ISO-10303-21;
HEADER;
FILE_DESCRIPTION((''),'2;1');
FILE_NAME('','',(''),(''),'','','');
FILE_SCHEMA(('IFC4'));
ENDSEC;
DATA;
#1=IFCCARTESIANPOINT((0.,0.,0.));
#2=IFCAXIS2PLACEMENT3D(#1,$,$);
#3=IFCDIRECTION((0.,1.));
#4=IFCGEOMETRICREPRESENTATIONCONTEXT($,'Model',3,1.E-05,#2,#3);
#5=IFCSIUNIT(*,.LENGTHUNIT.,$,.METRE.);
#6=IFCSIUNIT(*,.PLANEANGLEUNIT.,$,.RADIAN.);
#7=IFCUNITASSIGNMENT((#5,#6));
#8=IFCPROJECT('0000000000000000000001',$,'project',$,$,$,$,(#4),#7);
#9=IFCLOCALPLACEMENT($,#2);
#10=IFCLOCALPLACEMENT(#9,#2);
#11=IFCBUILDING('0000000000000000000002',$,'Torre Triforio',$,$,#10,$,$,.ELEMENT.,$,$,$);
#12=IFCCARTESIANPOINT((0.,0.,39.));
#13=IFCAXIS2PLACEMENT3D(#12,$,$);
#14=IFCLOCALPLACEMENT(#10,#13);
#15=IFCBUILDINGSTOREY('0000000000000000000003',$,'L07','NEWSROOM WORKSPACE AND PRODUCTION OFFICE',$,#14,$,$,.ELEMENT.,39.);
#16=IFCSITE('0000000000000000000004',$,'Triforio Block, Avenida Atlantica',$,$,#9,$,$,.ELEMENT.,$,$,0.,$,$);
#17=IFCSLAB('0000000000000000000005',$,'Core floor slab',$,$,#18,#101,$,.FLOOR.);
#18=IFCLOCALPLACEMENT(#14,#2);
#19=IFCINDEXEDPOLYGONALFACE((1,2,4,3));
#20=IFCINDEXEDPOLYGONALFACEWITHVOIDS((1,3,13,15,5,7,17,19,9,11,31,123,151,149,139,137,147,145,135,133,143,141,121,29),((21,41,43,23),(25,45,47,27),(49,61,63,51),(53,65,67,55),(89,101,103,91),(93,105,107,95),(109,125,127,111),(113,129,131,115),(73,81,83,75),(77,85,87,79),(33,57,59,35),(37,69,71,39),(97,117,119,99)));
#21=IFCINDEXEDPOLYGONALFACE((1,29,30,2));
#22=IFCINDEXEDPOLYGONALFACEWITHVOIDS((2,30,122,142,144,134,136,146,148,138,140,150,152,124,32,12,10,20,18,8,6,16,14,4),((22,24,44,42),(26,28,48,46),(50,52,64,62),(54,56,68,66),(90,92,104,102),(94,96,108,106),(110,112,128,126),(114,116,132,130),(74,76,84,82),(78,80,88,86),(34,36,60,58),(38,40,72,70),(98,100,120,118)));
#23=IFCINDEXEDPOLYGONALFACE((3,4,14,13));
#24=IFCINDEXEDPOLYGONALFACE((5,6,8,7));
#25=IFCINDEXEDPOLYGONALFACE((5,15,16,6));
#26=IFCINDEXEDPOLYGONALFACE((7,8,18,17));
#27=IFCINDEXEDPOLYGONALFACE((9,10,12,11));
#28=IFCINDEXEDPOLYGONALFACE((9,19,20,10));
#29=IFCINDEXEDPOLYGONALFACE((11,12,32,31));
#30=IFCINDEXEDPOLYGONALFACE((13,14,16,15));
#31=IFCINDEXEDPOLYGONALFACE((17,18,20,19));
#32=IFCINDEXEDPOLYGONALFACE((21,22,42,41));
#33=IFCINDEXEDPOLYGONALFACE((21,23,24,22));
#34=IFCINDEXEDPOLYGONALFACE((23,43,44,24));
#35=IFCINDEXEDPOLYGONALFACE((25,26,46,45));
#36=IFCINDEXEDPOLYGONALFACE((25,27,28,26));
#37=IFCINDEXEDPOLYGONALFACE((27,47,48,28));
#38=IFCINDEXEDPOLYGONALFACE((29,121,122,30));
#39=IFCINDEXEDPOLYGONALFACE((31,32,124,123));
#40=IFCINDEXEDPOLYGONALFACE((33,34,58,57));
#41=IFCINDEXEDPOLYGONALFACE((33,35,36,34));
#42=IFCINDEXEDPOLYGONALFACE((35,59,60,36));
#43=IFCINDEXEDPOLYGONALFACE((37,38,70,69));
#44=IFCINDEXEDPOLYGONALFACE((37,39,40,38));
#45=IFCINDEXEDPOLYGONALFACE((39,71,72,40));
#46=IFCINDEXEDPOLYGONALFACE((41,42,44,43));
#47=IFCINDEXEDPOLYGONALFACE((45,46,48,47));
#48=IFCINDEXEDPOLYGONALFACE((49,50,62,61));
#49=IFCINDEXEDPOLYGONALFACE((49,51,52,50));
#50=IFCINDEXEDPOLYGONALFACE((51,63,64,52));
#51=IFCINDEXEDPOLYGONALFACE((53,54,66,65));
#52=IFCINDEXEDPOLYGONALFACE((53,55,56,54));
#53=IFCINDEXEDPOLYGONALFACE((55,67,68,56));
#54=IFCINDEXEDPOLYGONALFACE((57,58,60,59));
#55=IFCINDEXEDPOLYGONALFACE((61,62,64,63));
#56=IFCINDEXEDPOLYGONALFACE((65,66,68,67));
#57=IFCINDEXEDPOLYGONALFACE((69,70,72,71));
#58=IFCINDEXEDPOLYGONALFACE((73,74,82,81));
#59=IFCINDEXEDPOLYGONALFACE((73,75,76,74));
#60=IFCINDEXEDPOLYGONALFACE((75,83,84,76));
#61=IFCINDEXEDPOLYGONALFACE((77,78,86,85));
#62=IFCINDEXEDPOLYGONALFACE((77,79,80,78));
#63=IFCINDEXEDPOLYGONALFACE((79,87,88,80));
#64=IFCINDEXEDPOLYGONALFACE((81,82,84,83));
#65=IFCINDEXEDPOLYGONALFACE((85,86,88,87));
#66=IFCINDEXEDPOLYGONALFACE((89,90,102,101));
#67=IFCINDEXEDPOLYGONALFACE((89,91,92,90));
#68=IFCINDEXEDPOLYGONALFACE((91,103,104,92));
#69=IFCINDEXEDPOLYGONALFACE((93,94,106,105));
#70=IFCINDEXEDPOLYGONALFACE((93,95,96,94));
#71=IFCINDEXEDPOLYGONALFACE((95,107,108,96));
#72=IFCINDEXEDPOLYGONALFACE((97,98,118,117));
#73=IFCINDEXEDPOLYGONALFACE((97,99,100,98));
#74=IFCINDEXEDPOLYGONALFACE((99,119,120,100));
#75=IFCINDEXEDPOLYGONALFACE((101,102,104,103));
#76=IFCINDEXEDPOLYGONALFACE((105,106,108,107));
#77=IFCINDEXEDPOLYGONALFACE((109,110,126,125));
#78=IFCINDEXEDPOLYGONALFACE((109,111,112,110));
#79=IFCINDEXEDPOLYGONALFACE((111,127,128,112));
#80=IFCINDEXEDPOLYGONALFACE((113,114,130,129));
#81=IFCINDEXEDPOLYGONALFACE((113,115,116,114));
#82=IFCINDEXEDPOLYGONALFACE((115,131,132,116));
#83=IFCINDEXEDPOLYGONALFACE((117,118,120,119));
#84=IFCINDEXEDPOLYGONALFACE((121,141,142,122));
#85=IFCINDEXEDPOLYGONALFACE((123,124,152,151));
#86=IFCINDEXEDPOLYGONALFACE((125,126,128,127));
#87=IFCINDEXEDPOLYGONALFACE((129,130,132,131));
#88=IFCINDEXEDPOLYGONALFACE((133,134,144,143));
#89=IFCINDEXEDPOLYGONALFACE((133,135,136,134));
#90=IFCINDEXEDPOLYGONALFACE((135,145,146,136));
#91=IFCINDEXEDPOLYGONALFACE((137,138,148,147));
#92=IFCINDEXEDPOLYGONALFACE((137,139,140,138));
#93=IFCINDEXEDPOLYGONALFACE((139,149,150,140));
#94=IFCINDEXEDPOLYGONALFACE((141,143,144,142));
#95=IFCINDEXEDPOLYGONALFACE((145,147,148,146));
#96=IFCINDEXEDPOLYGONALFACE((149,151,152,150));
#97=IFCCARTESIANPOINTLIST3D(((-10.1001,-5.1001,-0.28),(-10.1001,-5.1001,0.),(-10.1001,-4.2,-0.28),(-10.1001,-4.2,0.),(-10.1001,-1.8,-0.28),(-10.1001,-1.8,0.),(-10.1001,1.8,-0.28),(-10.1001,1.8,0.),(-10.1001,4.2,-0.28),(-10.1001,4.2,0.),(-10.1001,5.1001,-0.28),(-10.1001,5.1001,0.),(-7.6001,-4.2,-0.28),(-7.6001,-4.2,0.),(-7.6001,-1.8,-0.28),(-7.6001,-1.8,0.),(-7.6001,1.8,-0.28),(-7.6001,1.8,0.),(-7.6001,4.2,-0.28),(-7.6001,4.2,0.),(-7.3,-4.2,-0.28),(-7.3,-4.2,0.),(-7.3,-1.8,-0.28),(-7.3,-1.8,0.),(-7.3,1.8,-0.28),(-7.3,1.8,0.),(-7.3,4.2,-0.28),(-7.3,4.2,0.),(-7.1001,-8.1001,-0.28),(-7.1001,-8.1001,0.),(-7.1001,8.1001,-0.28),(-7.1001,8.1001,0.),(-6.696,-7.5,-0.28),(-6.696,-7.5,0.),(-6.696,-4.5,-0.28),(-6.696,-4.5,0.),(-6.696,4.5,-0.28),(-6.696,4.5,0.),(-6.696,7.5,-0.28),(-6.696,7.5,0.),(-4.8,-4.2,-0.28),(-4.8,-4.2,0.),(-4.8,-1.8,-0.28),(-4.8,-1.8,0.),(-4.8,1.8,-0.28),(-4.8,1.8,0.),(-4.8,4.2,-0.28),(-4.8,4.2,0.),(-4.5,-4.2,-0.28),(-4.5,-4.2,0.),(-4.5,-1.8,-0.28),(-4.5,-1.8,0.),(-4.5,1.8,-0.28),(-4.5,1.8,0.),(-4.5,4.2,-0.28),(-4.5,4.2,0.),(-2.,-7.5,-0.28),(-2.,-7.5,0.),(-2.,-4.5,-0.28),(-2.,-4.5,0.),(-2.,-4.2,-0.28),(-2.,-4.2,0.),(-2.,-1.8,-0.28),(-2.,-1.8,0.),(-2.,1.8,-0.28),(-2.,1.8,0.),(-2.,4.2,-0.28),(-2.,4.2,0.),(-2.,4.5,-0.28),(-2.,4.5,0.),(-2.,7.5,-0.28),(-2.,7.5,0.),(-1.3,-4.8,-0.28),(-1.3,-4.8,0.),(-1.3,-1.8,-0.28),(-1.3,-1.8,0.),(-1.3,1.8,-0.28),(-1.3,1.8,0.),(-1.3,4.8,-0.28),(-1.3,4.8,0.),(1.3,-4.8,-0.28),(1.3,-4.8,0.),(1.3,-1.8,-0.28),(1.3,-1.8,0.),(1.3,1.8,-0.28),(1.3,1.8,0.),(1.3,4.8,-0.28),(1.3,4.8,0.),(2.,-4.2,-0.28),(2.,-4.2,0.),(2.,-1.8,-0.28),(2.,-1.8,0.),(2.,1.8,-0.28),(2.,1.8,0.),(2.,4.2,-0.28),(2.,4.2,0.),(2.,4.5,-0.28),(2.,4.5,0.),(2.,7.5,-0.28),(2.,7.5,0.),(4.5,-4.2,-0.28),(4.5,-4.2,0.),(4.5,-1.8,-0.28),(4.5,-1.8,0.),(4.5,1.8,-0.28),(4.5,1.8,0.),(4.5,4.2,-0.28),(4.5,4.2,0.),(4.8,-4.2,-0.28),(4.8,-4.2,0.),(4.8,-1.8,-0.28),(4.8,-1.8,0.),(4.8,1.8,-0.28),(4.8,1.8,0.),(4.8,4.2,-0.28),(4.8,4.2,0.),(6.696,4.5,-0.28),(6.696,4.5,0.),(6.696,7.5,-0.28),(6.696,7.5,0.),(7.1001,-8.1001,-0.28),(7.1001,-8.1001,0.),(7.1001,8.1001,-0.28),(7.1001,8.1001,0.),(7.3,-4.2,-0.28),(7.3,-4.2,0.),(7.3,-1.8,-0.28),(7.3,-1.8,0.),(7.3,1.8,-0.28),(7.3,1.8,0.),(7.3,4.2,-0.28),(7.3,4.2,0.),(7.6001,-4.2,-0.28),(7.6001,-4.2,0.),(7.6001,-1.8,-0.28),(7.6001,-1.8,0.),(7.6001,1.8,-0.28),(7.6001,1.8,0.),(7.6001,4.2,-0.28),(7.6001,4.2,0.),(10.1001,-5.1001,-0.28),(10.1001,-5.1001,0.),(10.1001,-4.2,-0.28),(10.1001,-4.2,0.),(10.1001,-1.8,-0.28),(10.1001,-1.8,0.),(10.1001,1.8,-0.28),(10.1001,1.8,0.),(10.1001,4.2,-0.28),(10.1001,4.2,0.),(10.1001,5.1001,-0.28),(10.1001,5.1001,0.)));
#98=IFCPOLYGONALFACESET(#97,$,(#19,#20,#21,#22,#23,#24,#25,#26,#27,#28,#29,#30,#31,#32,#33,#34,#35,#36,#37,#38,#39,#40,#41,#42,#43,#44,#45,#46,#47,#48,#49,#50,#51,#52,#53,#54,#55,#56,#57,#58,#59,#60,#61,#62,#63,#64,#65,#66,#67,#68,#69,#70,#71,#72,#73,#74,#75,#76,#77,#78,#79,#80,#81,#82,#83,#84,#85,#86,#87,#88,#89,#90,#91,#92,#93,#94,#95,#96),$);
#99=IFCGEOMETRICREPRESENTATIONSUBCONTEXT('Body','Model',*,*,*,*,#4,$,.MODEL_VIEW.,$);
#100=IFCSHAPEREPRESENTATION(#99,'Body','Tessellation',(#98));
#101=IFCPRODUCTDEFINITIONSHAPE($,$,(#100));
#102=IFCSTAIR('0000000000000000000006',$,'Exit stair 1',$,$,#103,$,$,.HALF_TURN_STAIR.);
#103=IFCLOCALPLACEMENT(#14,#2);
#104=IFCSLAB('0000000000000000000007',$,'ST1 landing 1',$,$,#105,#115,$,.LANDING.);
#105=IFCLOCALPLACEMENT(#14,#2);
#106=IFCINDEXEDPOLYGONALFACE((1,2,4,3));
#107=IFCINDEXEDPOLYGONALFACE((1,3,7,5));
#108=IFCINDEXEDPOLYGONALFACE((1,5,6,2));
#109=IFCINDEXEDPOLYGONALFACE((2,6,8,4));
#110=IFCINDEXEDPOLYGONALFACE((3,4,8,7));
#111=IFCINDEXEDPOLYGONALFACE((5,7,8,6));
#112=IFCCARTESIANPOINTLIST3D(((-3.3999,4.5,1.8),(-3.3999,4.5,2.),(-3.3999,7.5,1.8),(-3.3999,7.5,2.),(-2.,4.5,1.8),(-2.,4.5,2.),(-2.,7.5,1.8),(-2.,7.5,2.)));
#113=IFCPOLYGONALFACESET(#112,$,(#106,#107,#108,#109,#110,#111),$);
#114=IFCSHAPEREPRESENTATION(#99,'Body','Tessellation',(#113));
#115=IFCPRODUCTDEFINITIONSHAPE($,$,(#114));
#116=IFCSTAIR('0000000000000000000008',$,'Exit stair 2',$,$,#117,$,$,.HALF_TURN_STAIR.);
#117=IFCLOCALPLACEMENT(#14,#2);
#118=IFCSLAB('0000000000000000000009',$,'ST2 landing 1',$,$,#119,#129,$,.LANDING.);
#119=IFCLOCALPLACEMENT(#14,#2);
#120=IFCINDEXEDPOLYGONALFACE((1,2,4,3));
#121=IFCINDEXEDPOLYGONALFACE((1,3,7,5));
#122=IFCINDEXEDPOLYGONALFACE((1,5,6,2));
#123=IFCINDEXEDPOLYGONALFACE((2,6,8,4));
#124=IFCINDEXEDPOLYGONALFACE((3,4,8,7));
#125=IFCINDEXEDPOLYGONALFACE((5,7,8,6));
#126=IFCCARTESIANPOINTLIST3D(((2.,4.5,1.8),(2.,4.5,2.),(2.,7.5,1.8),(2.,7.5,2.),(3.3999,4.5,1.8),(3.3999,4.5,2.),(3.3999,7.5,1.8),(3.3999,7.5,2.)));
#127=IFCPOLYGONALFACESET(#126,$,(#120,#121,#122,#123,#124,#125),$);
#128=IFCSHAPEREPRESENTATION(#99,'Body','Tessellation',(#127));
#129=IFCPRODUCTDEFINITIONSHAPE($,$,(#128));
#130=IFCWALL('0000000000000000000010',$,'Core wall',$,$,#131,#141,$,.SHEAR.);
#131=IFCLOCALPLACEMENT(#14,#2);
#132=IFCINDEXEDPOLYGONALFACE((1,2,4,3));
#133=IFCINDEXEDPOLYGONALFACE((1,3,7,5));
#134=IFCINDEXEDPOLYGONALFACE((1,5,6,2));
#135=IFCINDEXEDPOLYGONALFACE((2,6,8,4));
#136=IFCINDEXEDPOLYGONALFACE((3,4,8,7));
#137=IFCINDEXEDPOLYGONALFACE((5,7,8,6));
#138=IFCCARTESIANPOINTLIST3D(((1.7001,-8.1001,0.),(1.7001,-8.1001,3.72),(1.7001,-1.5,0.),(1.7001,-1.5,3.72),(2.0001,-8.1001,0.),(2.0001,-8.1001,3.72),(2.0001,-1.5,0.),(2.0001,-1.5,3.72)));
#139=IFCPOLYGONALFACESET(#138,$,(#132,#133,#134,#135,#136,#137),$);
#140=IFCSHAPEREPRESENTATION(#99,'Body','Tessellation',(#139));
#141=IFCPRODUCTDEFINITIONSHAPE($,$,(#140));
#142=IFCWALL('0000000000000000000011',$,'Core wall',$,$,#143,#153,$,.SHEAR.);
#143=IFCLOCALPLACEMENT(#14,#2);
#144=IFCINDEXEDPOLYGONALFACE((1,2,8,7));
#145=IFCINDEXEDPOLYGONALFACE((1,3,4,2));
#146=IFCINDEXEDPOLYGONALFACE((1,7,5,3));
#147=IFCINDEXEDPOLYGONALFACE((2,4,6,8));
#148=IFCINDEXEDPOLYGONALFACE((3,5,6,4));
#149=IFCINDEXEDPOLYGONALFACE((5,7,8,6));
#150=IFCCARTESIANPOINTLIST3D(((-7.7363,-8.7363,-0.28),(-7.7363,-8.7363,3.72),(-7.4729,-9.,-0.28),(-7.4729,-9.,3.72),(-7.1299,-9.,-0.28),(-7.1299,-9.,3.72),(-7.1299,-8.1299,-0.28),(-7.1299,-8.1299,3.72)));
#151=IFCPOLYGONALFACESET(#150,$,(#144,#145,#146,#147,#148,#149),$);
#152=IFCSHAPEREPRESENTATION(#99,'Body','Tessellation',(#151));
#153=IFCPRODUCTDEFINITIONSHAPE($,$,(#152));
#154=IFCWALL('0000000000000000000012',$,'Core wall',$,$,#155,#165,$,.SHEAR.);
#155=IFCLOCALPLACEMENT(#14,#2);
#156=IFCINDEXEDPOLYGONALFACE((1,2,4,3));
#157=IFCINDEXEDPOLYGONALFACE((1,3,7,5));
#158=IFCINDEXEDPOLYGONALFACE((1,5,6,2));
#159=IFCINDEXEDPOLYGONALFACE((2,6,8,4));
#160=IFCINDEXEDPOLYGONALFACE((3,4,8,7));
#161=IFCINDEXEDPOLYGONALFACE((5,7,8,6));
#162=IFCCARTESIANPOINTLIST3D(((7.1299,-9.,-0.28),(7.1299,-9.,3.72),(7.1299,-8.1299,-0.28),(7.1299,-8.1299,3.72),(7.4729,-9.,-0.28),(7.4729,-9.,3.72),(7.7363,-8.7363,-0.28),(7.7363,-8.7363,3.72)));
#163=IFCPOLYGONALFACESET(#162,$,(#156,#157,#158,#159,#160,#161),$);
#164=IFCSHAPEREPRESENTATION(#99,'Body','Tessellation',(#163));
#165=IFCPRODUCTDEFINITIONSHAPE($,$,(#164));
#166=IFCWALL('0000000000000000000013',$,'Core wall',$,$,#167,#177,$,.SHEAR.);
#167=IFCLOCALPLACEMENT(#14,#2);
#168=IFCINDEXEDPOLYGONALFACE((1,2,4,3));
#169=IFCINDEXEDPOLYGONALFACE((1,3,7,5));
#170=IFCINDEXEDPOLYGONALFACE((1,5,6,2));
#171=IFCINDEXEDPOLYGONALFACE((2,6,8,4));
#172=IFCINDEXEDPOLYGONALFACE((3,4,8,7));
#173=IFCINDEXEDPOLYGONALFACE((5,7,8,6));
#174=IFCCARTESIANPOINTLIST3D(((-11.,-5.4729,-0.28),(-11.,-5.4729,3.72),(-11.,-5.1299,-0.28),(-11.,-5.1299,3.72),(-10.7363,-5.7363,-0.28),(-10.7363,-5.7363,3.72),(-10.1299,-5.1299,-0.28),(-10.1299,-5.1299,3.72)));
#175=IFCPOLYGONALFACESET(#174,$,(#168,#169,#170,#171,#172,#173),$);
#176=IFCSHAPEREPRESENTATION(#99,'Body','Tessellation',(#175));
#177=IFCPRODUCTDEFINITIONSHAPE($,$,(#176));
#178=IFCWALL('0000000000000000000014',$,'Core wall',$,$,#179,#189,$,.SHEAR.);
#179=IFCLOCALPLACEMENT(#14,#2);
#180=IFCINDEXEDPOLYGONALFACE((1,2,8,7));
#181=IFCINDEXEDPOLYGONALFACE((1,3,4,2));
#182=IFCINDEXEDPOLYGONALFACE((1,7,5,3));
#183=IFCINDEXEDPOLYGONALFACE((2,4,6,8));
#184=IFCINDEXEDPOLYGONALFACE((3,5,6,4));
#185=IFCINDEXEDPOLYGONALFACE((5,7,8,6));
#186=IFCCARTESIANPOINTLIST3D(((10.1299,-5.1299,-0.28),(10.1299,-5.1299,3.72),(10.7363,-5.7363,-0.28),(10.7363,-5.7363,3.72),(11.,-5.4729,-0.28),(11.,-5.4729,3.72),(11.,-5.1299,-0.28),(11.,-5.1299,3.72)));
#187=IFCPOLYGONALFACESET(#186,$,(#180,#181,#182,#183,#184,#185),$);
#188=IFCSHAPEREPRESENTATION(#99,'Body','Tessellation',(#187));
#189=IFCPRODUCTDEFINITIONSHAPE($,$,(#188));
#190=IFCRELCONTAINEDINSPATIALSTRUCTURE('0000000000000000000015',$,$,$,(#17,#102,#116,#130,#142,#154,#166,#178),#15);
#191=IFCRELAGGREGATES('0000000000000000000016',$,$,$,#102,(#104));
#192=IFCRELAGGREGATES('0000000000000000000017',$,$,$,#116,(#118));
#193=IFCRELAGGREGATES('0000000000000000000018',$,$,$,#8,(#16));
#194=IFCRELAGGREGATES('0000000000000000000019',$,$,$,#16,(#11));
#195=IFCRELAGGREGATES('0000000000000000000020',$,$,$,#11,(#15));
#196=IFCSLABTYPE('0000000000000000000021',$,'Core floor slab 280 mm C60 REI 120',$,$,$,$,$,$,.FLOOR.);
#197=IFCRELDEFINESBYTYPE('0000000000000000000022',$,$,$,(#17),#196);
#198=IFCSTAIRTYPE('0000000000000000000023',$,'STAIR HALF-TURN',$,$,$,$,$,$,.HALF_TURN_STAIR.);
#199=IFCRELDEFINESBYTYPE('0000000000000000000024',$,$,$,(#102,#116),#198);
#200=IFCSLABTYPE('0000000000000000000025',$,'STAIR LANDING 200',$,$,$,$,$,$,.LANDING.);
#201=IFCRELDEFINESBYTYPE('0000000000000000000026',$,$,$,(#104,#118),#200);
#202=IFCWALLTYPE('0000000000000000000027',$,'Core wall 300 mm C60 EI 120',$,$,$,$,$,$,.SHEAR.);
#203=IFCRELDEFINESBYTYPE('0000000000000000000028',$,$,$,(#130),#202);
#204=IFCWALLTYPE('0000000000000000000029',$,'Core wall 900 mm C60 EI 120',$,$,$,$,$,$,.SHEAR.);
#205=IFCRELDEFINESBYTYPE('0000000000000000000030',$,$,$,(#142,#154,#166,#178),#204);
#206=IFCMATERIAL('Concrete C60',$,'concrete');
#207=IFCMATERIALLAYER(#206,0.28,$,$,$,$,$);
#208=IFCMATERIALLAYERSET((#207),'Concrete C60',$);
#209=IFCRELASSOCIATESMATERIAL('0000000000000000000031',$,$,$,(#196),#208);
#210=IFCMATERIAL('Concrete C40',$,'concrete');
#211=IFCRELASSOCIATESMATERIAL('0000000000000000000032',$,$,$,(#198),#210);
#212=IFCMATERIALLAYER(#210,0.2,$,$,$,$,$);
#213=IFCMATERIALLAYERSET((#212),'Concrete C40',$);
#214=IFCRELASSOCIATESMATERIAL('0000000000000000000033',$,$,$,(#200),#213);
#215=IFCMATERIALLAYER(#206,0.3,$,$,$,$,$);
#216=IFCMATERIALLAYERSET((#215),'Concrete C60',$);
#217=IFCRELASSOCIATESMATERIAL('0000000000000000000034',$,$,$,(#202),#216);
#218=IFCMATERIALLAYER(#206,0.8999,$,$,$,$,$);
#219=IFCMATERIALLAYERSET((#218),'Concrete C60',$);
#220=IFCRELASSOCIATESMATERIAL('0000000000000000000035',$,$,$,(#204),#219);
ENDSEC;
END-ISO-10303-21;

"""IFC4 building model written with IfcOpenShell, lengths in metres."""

from ifc_helpers import new_model, si_unit, direction, frame, frame_2d, origin, place, context, subcontext, project, spatial, polyline, rectangle, outline, extrude, material, layer, layer_set, type_object, element, aggregate, save


model = new_model("IFC4")

# Units and contexts
model_context = context("Model", 3, precision=1e-05, world=origin(), true_north=direction((0.0, 1.0)))
body_context = subcontext(model_context, "Body", "Model", "MODEL_VIEW")
ifc_project = project(units=[si_unit("LENGTHUNIT", "METRE"), si_unit("PLANEANGLEUNIT", "RADIAN")], contexts=[model_context])

# Site, building, storey
site_placement = place(None, origin())
site = spatial("IfcSite", under=ifc_project, at=site_placement, Name="Triforio Block, Avenida Atlantica", CompositionType="ELEMENT", RefElevation=0.0)
building_placement = place(site_placement, origin())
building = spatial("IfcBuilding", under=site, at=building_placement, Name="Torre Triforio", CompositionType="ELEMENT")
storey_placement = place(building_placement, frame((0.0, 0.0, 39.0)))
storey = spatial("IfcBuildingStorey", under=building, at=storey_placement, Name="L07", Description="NEWSROOM WORKSPACE AND PRODUCTION OFFICE", CompositionType="ELEMENT", Elevation=39.0)

# Slab
ifc_material_1 = material(Name="Concrete C60", Category="concrete")
ifc_layer_1 = layer(ifc_material_1, 0.28)
ifc_layer_set_1 = layer_set([ifc_layer_1], Name="Concrete C60")
slab_type_1 = type_object("IfcSlabType", Name="Core floor slab 280 mm C60 REI 120", PredefinedType="FLOOR", material=ifc_layer_set_1)
slab_1_placement = place(storey_placement, frame((0.0, 0.0, -0.28)))
element("IfcSlab", 1, at=slab_1_placement, inside=storey, type_object=slab_type_1, Name="Core floor slab", PredefinedType="FLOOR", context=body_context, shape_type="SweptSolid", body=[
    extrude(outline(polyline([(10.1001, -5.1001), (7.1001, -8.1001), (-7.1001, -8.1001), (-10.1001, -5.1001), (-10.1001, -4.2), (-7.6001, -4.2), (-7.6001, -1.8), (-10.1001, -1.8), (-10.1001, 1.8), (-7.6001, 1.8), (-7.6001, 4.2), (-10.1001, 4.2), (-10.1001, 5.1001), (-7.1001, 8.1001), (7.1001, 8.1001), (10.1001, 5.1001), (10.1001, 4.2), (7.6001, 4.2), (7.6001, 1.8), (10.1001, 1.8), (10.1001, -1.8), (7.6001, -1.8), (7.6001, -4.2), (10.1001, -4.2), (10.1001, -5.1001)]), holes=[polyline([(-2.0, -4.5), (-6.696, -4.5), (-6.696, -7.5), (-2.0, -7.5), (-2.0, -4.5)]), polyline([(-4.8, -1.8), (-7.3, -1.8), (-7.3, -4.2), (-4.8, -4.2), (-4.8, -1.8)]), polyline([(-2.0, -1.8), (-4.5, -1.8), (-4.5, -4.2), (-2.0, -4.2), (-2.0, -1.8)]), polyline([(-4.8, 4.2), (-7.3, 4.2), (-7.3, 1.8), (-4.8, 1.8), (-4.8, 4.2)]), polyline([(-2.0, 4.2), (-4.5, 4.2), (-4.5, 1.8), (-2.0, 1.8), (-2.0, 4.2)]), polyline([(1.3, 4.8), (-1.3, 4.8), (-1.3, 1.8), (1.3, 1.8), (1.3, 4.8)]), polyline([(-2.0, 7.5), (-6.696, 7.5), (-6.696, 4.5), (-2.0, 4.5), (-2.0, 7.5)]), polyline([(1.3, -1.8), (-1.3, -1.8), (-1.3, -4.8), (1.3, -4.8), (1.3, -1.8)]), polyline([(4.5, -1.8), (2.0, -1.8), (2.0, -4.2), (4.5, -4.2), (4.5, -1.8)]), polyline([(7.3, -1.8), (4.8, -1.8), (4.8, -4.2), (7.3, -4.2), (7.3, -1.8)]), polyline([(4.5, 4.2), (2.0, 4.2), (2.0, 1.8), (4.5, 1.8), (4.5, 4.2)]), polyline([(7.3, 4.2), (4.8, 4.2), (4.8, 1.8), (7.3, 1.8), (7.3, 4.2)]), polyline([(6.696, 4.5), (6.696, 7.5), (2.0, 7.5), (2.0, 4.5), (6.696, 4.5)])]), origin(), (0.0, 0.0, 1.0), 0.28),
])

# Stairs, slabs
ifc_material_2 = material(Name="Concrete C40", Category="concrete")
stair_type = type_object("IfcStairType", Name="STAIR HALF-TURN", PredefinedType="HALF_TURN_STAIR", material=ifc_material_2)
stair_1_placement = place(storey_placement, origin())
stair_1 = element("IfcStair", 2, at=stair_1_placement, inside=storey, type_object=stair_type, Name="Exit stair 1", PredefinedType="HALF_TURN_STAIR")
ifc_layer_2 = layer(ifc_material_2, 0.2)
ifc_layer_set_2 = layer_set([ifc_layer_2], Name="Concrete C40")
slab_type_2 = type_object("IfcSlabType", Name="STAIR LANDING 200", PredefinedType="LANDING", material=ifc_layer_set_2)
slab_2_placement = place(storey_placement, frame((0.0, 0.0, 1.8)))
slab_2 = element("IfcSlab", 3, at=slab_2_placement, type_object=slab_type_2, Name="ST1 landing 1", PredefinedType="LANDING", context=body_context, shape_type="SweptSolid", body=[
    extrude(outline(polyline([(-2.0, 4.5), (-2.0, 7.5), (-3.3999, 7.5), (-3.3999, 4.5), (-2.0, 4.5)])), origin(), (0.0, 0.0, 1.0), 0.2),
])
aggregate(stair_1, [slab_2])
stair_2_placement = place(storey_placement, origin())
stair_2 = element("IfcStair", 4, at=stair_2_placement, inside=storey, type_object=stair_type, Name="Exit stair 2", PredefinedType="HALF_TURN_STAIR")
slab_3_placement = place(storey_placement, frame((0.0, 0.0, 1.8)))
slab_3 = element("IfcSlab", 5, at=slab_3_placement, type_object=slab_type_2, Name="ST2 landing 1", PredefinedType="LANDING", context=body_context, shape_type="SweptSolid", body=[
    extrude(outline(polyline([(3.3999, 4.5), (3.3999, 7.5), (2.0, 7.5), (2.0, 4.5), (3.3999, 4.5)])), origin(), (0.0, 0.0, 1.0), 0.2),
])
aggregate(stair_2, [slab_3])

# Walls
ifc_layer_3 = layer(ifc_material_1, 0.3)
ifc_layer_set_3 = layer_set([ifc_layer_3], Name="Concrete C60")
wall_type_1 = type_object("IfcWallType", Name="Core wall 300 mm C60 EI 120", PredefinedType="SHEAR", material=ifc_layer_set_3)
wall_1_placement = place(storey_placement, frame((1.8501, -8.1001, 0.0), z_axis=(0.0, 0.0, 1.0), x_axis=(0.0, 1.0, 0.0)))
element("IfcWall", 6, at=wall_1_placement, inside=storey, type_object=wall_type_1, Name="Core wall", PredefinedType="SHEAR", context=body_context, shape_type="SweptSolid", body=[
    extrude(rectangle(XDim=6.6001, YDim=0.3, at=frame_2d((3.3, 0.0))), origin(), (0.0, 0.0, 1.0), 3.72),
])
ifc_layer_4 = layer(ifc_material_1, 0.8999)
ifc_layer_set_4 = layer_set([ifc_layer_4], Name="Concrete C60")
wall_type_2 = type_object("IfcWallType", Name="Core wall 900 mm C60 EI 120", PredefinedType="SHEAR", material=ifc_layer_set_4)
wall_2_placement = place(storey_placement, frame((0.0, 0.0, -0.28)))
element("IfcWall", 7, at=wall_2_placement, inside=storey, type_object=wall_type_2, Name="Core wall", PredefinedType="SHEAR", context=body_context, shape_type="SweptSolid", body=[
    extrude(outline(polyline([(-7.4729, -9.0), (-7.7363, -8.7363), (-7.1299, -8.1299), (-7.1299, -9.0), (-7.4729, -9.0)])), origin(), (0.0, 0.0, 1.0), 4.0),
])
wall_3_placement = place(storey_placement, frame((0.0, 0.0, -0.28)))
element("IfcWall", 8, at=wall_3_placement, inside=storey, type_object=wall_type_2, Name="Core wall", PredefinedType="SHEAR", context=body_context, shape_type="SweptSolid", body=[
    extrude(outline(polyline([(7.4729, -9.0), (7.1299, -9.0), (7.1299, -8.1299), (7.7363, -8.7363), (7.4729, -9.0)])), origin(), (0.0, 0.0, 1.0), 4.0),
])
wall_4_placement = place(storey_placement, frame((0.0, 0.0, -0.28)))
element("IfcWall", 9, at=wall_4_placement, inside=storey, type_object=wall_type_2, Name="Core wall", PredefinedType="SHEAR", context=body_context, shape_type="SweptSolid", body=[
    extrude(outline(polyline([(-11.0, -5.4729), (-11.0, -5.1299), (-10.1299, -5.1299), (-10.7363, -5.7363), (-11.0, -5.4729)])), origin(), (0.0, 0.0, 1.0), 4.0),
])
wall_5_placement = place(storey_placement, frame((0.0, 0.0, -0.28)))
element("IfcWall", 10, at=wall_5_placement, inside=storey, type_object=wall_type_2, Name="Core wall", PredefinedType="SHEAR", context=body_context, shape_type="SweptSolid", body=[
    extrude(outline(polyline([(11.0, -5.4729), (10.7363, -5.7363), (10.1299, -5.1299), (11.0, -5.1299), (11.0, -5.4729)])), origin(), (0.0, 0.0, 1.0), 4.0),
])

save(model, "model.ifc")
